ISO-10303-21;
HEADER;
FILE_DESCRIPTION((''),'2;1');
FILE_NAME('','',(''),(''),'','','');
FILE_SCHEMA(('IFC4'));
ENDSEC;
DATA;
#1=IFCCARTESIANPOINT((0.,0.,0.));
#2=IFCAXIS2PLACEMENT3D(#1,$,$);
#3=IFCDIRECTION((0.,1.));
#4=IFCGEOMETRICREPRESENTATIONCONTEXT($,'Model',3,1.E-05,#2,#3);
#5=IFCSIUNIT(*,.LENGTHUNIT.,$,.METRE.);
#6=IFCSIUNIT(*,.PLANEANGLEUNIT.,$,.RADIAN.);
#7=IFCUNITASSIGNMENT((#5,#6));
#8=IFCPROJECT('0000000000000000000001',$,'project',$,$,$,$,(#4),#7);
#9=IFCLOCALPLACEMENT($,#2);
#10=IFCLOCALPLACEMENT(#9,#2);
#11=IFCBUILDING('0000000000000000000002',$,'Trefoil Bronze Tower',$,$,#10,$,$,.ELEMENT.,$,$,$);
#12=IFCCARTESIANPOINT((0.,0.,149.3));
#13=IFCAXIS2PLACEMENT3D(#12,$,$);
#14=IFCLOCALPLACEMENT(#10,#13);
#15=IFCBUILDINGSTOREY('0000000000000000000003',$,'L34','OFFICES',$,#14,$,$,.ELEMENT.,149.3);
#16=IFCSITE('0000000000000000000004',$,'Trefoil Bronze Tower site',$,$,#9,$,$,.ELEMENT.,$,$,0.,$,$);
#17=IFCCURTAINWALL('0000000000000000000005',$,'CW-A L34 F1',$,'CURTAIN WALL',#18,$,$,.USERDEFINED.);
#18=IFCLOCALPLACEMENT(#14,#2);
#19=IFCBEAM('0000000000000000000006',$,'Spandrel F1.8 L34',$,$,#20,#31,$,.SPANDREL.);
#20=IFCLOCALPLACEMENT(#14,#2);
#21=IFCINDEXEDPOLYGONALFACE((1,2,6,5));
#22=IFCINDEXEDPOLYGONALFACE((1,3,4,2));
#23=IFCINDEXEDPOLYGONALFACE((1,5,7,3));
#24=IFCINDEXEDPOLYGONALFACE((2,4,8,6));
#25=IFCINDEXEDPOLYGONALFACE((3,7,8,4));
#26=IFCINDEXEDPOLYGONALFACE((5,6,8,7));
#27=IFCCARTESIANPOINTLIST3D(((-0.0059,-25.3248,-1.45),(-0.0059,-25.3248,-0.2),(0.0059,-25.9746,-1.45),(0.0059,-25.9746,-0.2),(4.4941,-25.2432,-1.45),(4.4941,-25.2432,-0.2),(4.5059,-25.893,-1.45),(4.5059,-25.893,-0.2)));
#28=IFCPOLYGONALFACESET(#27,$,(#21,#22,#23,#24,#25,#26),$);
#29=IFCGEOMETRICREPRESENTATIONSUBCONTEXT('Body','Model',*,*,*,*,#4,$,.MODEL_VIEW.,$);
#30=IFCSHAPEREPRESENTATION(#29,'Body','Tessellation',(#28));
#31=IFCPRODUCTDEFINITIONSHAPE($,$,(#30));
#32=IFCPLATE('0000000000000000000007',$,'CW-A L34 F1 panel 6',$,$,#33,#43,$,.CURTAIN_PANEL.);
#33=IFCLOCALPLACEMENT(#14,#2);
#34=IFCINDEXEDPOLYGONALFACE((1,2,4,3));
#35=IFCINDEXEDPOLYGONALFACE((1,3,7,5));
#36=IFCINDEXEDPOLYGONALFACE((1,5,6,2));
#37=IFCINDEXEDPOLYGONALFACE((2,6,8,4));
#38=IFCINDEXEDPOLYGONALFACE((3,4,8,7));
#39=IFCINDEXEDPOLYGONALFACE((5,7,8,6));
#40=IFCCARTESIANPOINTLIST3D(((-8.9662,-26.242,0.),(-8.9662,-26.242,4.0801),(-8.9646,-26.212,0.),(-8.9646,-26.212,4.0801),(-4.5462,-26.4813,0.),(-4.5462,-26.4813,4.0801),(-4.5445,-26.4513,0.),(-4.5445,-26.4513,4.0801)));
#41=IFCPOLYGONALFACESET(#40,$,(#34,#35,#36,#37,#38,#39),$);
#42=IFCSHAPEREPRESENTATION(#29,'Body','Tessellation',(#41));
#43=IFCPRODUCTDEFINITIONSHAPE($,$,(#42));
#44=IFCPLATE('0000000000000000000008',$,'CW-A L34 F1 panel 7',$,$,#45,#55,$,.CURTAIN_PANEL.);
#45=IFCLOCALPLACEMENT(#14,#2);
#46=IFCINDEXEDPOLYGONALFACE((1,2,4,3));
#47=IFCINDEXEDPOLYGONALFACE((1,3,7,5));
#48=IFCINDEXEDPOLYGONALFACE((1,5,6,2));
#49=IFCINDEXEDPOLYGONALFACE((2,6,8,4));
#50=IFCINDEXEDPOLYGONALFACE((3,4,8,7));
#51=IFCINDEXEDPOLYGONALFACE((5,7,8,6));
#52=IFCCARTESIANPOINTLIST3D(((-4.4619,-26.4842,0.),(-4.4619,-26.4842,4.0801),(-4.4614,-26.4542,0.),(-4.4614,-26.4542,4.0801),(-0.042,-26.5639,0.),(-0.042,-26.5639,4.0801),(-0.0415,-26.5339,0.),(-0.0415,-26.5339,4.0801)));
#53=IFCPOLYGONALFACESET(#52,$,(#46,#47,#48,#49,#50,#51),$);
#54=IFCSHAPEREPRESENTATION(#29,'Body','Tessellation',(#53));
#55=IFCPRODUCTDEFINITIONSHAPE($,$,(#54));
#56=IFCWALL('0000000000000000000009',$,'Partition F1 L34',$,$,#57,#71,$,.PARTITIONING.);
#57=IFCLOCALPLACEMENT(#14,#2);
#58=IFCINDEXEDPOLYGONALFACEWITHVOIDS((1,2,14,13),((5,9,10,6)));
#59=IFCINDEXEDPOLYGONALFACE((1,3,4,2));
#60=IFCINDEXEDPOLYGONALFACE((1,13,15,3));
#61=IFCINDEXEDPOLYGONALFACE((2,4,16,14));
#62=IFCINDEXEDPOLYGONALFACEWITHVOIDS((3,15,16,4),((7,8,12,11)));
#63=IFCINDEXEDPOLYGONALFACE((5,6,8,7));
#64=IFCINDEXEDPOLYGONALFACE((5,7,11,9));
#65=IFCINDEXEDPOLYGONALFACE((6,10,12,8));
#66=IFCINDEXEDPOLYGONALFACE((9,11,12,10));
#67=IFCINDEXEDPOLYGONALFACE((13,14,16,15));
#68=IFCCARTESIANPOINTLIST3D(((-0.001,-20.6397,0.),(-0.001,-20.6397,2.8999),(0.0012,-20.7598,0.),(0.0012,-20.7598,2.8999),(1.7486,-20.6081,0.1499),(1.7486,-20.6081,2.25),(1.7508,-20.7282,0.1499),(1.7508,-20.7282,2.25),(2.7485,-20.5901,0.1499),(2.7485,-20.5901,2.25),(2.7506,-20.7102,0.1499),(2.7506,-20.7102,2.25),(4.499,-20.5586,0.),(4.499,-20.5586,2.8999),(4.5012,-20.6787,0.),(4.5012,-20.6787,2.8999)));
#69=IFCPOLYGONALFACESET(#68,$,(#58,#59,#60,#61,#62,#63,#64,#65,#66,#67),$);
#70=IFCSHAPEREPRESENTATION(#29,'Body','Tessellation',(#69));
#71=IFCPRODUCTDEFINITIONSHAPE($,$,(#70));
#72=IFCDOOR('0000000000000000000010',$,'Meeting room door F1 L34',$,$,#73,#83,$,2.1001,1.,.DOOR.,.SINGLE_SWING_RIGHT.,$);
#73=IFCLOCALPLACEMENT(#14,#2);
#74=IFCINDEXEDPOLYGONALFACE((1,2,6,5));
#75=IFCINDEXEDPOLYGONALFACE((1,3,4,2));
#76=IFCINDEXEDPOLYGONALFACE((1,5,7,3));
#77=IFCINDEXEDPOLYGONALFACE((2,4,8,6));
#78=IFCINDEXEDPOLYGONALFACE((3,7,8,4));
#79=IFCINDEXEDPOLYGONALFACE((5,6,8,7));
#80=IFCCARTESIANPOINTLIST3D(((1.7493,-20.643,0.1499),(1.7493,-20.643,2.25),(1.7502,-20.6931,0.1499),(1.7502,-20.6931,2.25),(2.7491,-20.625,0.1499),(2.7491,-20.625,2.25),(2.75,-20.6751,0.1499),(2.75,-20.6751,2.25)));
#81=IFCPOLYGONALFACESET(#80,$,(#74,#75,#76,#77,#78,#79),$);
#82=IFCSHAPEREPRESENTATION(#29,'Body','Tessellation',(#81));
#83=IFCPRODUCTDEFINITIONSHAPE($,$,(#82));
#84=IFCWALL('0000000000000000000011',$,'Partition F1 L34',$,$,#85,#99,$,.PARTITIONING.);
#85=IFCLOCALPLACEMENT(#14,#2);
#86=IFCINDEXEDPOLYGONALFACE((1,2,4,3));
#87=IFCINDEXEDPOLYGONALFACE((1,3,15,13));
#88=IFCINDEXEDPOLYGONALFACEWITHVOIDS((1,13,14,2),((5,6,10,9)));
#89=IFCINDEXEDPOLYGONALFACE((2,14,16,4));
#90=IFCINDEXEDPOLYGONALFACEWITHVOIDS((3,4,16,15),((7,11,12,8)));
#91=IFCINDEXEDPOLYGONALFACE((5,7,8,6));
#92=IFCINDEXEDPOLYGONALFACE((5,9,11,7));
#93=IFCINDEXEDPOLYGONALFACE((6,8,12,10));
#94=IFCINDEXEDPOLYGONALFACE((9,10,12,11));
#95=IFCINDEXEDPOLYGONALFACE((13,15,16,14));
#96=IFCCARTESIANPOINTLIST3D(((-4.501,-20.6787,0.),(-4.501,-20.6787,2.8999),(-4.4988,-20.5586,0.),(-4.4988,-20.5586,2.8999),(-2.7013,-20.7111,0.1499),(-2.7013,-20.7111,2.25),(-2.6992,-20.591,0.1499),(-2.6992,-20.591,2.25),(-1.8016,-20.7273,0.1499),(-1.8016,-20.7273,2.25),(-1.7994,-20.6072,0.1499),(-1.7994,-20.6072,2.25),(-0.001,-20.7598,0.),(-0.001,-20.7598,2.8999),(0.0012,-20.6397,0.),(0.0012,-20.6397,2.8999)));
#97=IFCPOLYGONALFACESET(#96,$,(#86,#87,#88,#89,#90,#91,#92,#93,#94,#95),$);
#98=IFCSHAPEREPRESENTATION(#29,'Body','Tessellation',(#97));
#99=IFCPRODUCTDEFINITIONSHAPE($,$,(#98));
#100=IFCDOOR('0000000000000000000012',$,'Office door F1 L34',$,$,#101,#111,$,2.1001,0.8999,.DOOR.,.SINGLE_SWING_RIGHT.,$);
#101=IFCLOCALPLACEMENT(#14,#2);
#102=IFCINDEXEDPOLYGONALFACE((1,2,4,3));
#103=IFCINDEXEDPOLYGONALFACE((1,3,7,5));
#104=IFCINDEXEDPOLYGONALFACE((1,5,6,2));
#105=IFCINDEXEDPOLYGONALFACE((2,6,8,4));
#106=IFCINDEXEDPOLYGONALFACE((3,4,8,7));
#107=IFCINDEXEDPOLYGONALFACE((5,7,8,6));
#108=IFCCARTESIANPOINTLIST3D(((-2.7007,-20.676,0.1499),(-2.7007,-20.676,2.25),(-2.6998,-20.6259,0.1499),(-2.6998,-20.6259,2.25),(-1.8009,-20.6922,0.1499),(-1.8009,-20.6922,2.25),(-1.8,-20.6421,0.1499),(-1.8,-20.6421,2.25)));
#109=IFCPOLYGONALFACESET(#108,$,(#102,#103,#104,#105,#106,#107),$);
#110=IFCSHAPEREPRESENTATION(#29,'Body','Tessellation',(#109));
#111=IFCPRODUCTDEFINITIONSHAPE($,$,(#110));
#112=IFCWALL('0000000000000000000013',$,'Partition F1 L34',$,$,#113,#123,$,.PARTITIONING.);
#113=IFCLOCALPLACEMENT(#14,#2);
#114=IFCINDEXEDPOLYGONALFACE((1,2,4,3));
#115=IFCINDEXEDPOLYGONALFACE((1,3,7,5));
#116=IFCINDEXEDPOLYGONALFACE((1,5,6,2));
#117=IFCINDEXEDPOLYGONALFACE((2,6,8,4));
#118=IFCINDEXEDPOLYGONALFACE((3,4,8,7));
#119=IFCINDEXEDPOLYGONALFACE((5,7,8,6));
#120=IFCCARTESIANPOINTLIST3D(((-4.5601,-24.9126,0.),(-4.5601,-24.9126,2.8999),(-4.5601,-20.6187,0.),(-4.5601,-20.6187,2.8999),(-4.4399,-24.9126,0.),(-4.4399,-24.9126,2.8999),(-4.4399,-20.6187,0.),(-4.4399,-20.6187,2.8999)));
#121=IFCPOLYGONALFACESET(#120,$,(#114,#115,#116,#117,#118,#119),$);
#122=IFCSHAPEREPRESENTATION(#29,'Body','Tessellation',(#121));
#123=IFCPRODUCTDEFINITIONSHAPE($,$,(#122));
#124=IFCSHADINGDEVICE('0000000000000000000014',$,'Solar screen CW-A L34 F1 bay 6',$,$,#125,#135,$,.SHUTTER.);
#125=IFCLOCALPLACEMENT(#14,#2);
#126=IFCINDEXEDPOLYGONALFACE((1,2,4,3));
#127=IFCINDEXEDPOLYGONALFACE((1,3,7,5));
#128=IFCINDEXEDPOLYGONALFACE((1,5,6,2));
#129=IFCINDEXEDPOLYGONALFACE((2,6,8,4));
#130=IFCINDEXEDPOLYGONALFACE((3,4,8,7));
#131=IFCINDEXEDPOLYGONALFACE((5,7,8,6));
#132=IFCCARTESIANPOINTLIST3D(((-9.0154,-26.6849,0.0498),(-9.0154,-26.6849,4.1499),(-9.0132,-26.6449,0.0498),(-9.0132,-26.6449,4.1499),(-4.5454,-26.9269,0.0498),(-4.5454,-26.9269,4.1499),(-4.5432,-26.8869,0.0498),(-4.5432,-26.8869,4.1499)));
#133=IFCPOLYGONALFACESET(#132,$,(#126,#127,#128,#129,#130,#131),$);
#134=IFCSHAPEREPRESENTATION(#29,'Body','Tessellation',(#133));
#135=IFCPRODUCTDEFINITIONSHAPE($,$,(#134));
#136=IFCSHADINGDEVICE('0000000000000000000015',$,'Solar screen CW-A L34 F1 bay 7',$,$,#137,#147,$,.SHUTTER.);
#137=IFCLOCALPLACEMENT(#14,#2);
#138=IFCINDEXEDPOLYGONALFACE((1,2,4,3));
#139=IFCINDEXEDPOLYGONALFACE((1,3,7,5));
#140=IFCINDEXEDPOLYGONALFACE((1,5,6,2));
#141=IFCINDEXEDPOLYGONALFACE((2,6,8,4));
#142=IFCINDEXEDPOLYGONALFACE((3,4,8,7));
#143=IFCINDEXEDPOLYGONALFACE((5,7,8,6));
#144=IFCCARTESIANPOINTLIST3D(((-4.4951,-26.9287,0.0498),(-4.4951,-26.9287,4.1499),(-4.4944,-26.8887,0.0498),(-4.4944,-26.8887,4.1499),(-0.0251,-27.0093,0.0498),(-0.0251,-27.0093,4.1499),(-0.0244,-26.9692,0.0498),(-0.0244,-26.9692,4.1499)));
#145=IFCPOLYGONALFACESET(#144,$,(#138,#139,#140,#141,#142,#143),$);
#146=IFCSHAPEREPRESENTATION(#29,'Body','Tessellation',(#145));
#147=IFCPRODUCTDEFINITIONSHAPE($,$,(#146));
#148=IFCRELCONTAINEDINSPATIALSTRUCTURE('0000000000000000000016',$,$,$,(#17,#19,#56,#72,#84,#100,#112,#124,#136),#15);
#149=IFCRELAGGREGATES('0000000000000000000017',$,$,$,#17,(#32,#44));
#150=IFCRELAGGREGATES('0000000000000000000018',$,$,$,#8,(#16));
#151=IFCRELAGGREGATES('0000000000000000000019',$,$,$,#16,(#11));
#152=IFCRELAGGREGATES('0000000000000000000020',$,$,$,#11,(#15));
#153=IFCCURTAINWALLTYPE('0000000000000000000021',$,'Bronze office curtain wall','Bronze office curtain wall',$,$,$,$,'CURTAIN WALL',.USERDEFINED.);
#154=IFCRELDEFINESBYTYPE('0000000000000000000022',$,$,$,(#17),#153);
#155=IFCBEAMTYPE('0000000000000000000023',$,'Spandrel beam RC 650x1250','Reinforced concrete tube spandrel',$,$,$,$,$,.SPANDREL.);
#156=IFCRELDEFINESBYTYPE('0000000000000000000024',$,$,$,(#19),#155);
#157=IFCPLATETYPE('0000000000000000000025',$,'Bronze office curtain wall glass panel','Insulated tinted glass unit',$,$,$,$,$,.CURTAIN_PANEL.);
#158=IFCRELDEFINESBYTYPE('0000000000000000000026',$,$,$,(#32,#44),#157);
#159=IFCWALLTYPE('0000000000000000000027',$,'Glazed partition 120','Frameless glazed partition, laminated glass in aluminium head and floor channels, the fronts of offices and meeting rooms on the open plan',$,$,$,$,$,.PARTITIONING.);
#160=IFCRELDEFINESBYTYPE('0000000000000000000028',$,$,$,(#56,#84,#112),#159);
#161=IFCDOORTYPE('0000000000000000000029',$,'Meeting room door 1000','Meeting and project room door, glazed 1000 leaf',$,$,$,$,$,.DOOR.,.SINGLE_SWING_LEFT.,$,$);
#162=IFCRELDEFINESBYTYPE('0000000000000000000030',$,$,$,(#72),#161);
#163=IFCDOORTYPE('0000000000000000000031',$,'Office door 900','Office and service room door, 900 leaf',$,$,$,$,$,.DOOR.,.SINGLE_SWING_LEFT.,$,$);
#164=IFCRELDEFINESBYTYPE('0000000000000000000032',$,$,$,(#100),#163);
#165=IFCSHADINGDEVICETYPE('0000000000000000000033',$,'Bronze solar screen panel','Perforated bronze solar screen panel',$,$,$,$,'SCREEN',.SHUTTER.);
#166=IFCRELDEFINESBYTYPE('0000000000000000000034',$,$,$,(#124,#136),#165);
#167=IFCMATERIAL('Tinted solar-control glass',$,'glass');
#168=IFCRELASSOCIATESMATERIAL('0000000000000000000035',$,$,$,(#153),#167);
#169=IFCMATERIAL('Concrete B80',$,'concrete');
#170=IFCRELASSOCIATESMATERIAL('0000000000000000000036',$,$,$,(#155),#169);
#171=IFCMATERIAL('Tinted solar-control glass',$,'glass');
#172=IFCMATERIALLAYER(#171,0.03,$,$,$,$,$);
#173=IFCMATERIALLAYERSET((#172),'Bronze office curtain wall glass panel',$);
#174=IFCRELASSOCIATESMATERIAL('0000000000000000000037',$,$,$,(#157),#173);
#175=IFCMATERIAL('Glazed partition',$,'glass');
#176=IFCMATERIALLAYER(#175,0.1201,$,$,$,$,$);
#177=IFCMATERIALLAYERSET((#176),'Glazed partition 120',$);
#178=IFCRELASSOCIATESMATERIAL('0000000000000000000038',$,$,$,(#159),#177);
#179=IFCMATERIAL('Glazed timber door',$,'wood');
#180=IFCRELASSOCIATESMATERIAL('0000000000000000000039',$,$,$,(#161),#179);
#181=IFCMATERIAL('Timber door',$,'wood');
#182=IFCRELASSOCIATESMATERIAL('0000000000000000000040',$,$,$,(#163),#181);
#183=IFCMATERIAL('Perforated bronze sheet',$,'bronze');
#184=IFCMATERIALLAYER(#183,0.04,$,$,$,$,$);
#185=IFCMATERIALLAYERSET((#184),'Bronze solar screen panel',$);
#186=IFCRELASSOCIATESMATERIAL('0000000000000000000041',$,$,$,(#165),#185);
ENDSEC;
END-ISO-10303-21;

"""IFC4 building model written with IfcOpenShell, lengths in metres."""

from ifc_helpers import new_model, si_unit, direction, frame, frame_2d, origin, origin_2d, place, context, subcontext, project, spatial, rectangle, extrude, material, layer, layer_set, material_profile, profile_set, type_object, element, fill, aggregate, save


model = new_model("IFC4")

# Units and contexts
model_context = context("Model", 3, precision=1e-05, world=origin(), true_north=direction((0.0, 1.0)))
body_context = subcontext(model_context, "Body", "Model", "MODEL_VIEW")
ifc_project = project(units=[si_unit("LENGTHUNIT", "METRE"), si_unit("PLANEANGLEUNIT", "RADIAN")], contexts=[model_context])

# Site, building, storey
site_placement = place(None, origin())
site = spatial("IfcSite", under=ifc_project, at=site_placement, Name="Trefoil Bronze Tower site", CompositionType="ELEMENT", RefElevation=0.0)
building_placement = place(site_placement, origin())
building = spatial("IfcBuilding", under=site, at=building_placement, Name="Trefoil Bronze Tower", CompositionType="ELEMENT")
storey_placement = place(building_placement, frame((0.0, 0.0, 149.3)))
storey = spatial("IfcBuildingStorey", under=building, at=storey_placement, Name="L34", Description="OFFICES", CompositionType="ELEMENT", Elevation=149.3)

# Curtain wall
ifc_material_1 = material(Name="Tinted solar-control glass", Category="glass")
curtain_wall_type = type_object("IfcCurtainWallType", Name="Bronze office curtain wall", Description="Bronze office curtain wall", ElementType="CURTAIN WALL", PredefinedType="USERDEFINED", material=ifc_material_1)
curtain_wall_placement = place(storey_placement, origin())
curtain_wall = element("IfcCurtainWall", 1, at=curtain_wall_placement, inside=storey, type_object=curtain_wall_type, Name="CW-A L34 F1", ObjectType="CURTAIN WALL", PredefinedType="USERDEFINED")

# Beam
ifc_material_2 = material(Name="Concrete B80", Category="concrete")
ifc_material_profile_1 = material_profile(ifc_material_2, rectangle(XDim=0.6499, YDim=1.25, at=origin_2d()), Name="RC 650x1250")
ifc_profile_set_1 = profile_set([ifc_material_profile_1], Name="Concrete B80")
beam_type_1 = type_object("IfcBeamType", Name="Spandrel beam RC 650x1250", Description="Reinforced concrete tube spandrel", PredefinedType="SPANDREL", material=ifc_profile_set_1)
for number, where, z_axis, x_axis, name in (
    (2, (0.0, -25.6497, -0.825), (0.999836, 0.018118, 0.0), (-0.018118, 0.999836, 0.0), "Spandrel F1.8 L34"),
):
    element("IfcBeam", number, at=place(storey_placement, frame(where, z_axis=z_axis, x_axis=x_axis)), inside=storey, type_object=beam_type_1, Name=name, PredefinedType="SPANDREL", context=body_context, shape_type="SweptSolid", body=[
        extrude(rectangle(XDim=0.6499, YDim=1.25, at=origin_2d()), origin(), (0.0, 0.0, 1.0), 4.5007),
    ])

# Plates
ifc_material_3 = material(Name="Tinted solar-control glass", Category="glass")
ifc_layer_1 = layer(ifc_material_3, 0.03)
ifc_layer_set_1 = layer_set([ifc_layer_1], Name="Bronze office curtain wall glass panel")
plate_type = type_object("IfcPlateType", Name="Bronze office curtain wall glass panel", Description="Insulated tinted glass unit", PredefinedType="CURTAIN_PANEL", material=ifc_layer_set_1)
plate_1_placement = place(storey_placement, frame((-6.7554, -26.3467, 0.0), z_axis=(0.0, 0.0, 1.0), x_axis=(0.998538, -0.054063, 0.0)))
plate_1 = element("IfcPlate", 3, at=plate_1_placement, type_object=plate_type, Name="CW-A L34 F1 panel 6", PredefinedType="CURTAIN_PANEL", context=body_context, shape_type="SweptSolid", body=[
    extrude(rectangle(XDim=4.4265, YDim=0.03, at=origin_2d()), origin(), (0.0, 0.0, 1.0), 4.0801),
])
plate_2_placement = place(storey_placement, frame((-2.2517, -26.509, 0.0), z_axis=(0.0, 0.0, 1.0), x_axis=(0.999838, -0.018021, 0.0)))
plate_2 = element("IfcPlate", 4, at=plate_2_placement, type_object=plate_type, Name="CW-A L34 F1 panel 7", PredefinedType="CURTAIN_PANEL", context=body_context, shape_type="SweptSolid", body=[
    extrude(rectangle(XDim=4.4207, YDim=0.03, at=origin_2d()), origin(), (0.0, 0.0, 1.0), 4.0801),
])
aggregate(curtain_wall, [plate_1, plate_2])

# Walls, openings, doors
ifc_material_4 = material(Name="Glazed partition", Category="glass")
ifc_layer_2 = layer(ifc_material_4, 0.1201)
ifc_layer_set_2 = layer_set([ifc_layer_2], Name="Glazed partition 120")
wall_type = type_object("IfcWallType", Name="Glazed partition 120", Description="Frameless glazed partition, laminated glass in aluminium head and floor channels, the fronts of offices and meeting rooms on the open plan", PredefinedType="PARTITIONING", material=ifc_layer_set_2)
wall_1_placement = place(storey_placement, frame((0.0, -20.6997, 0.0), z_axis=(0.0, 0.0, 1.0), x_axis=(0.999838, 0.018009, 0.0)))
wall_1 = element("IfcWall", 5, at=wall_1_placement, inside=storey, type_object=wall_type, Name="Partition F1 L34", PredefinedType="PARTITIONING", context=body_context, shape_type="SweptSolid", body=[
    extrude(rectangle(XDim=4.5007, YDim=0.1201, at=frame_2d((2.2505, 0.0))), origin(), (0.0, 0.0, 1.0), 2.8999),
])
opening_1_placement = place(wall_1_placement, frame((1.75, 0.0, 0.1499)))
opening_1 = element("IfcOpeningElement", 6, at=opening_1_placement, cuts=wall_1, PredefinedType="OPENING", context=body_context, shape_type="SweptSolid", body=[
    extrude(rectangle(XDim=1.0, YDim=2.1001, at=frame_2d((0.5, 1.05))), frame((0.0, 0.0701, 0.0), z_axis=(0.0, -1.0, 0.0), x_axis=(1.0, 0.0, 0.0)), (0.0, 0.0, 1.0), 0.1401),
])
ifc_material_5 = material(Name="Glazed timber door", Category="wood")
door_type_1 = type_object("IfcDoorType", Name="Meeting room door 1000", Description="Meeting and project room door, glazed 1000 leaf", OperationType="SINGLE_SWING_LEFT", PredefinedType="DOOR", material=ifc_material_5)
door_1_placement = place(opening_1_placement, frame((1.0, 0.0, 0.0), z_axis=(0.0, 0.0, 1.0), x_axis=(-1.0, 0.0, 0.0)))
door_1 = element("IfcDoor", 7, at=door_1_placement, inside=storey, type_object=door_type_1, Name="Meeting room door F1 L34", OperationType="SINGLE_SWING_RIGHT", OverallHeight=2.1001, OverallWidth=1.0, PredefinedType="DOOR", context=body_context, shape_type="SweptSolid", body=[
    extrude(rectangle(XDim=1.0, YDim=2.1001, at=frame_2d((0.5, 1.05))), frame((0.0, 0.0249, 0.0), z_axis=(0.0, -1.0, 0.0), x_axis=(1.0, 0.0, 0.0)), (0.0, 0.0, 1.0), 0.05),
])
fill(opening_1, door_1)
wall_2_placement = place(storey_placement, frame((-4.5, -20.6187, 0.0), z_axis=(0.0, 0.0, 1.0), x_axis=(0.999838, -0.018009, 0.0)))
wall_2 = element("IfcWall", 8, at=wall_2_placement, inside=storey, type_object=wall_type, Name="Partition F1 L34", PredefinedType="PARTITIONING", context=body_context, shape_type="SweptSolid", body=[
    extrude(rectangle(XDim=4.5007, YDim=0.1201, at=frame_2d((2.2505, 0.0))), origin(), (0.0, 0.0, 1.0), 2.8999),
])
opening_2_placement = place(wall_2_placement, frame((1.8, 0.0, 0.1499)))
opening_2 = element("IfcOpeningElement", 9, at=opening_2_placement, cuts=wall_2, PredefinedType="OPENING", context=body_context, shape_type="SweptSolid", body=[
    extrude(rectangle(XDim=0.8999, YDim=2.1001, at=frame_2d((0.45, 1.05))), frame((0.0, 0.0701, 0.0), z_axis=(0.0, -1.0, 0.0), x_axis=(1.0, 0.0, 0.0)), (0.0, 0.0, 1.0), 0.1401),
])
ifc_material_6 = material(Name="Timber door", Category="wood")
door_type_2 = type_object("IfcDoorType", Name="Office door 900", Description="Office and service room door, 900 leaf", OperationType="SINGLE_SWING_LEFT", PredefinedType="DOOR", material=ifc_material_6)
door_2_placement = place(opening_2_placement, frame((0.8999, 0.0, 0.0), z_axis=(0.0, 0.0, 1.0), x_axis=(-1.0, 0.0, 0.0)))
door_2 = element("IfcDoor", 10, at=door_2_placement, inside=storey, type_object=door_type_2, Name="Office door F1 L34", OperationType="SINGLE_SWING_RIGHT", OverallHeight=2.1001, OverallWidth=0.8999, PredefinedType="DOOR", context=body_context, shape_type="SweptSolid", body=[
    extrude(rectangle(XDim=0.8999, YDim=2.1001, at=frame_2d((0.45, 1.05))), frame((0.0, 0.0249, 0.0), z_axis=(0.0, -1.0, 0.0), x_axis=(1.0, 0.0, 0.0)), (0.0, 0.0, 1.0), 0.05),
])
fill(opening_2, door_2)

# Wall
wall_3_placement = place(storey_placement, frame((-4.5, -20.6187, 0.0), z_axis=(0.0, 0.0, 1.0), x_axis=(0.0, -1.0, 0.0)))
element("IfcWall", 11, at=wall_3_placement, inside=storey, type_object=wall_type, Name="Partition F1 L34", PredefinedType="PARTITIONING", context=body_context, shape_type="SweptSolid", body=[
    extrude(rectangle(XDim=4.2939, YDim=0.1201, at=frame_2d((2.147, 0.0))), origin(), (0.0, 0.0, 1.0), 2.8999),
])

# Shading devices
ifc_material_7 = material(Name="Perforated bronze sheet", Category="bronze")
ifc_layer_3 = layer(ifc_material_7, 0.04)
ifc_layer_set_3 = layer_set([ifc_layer_3], Name="Bronze solar screen panel")
shading_device_type = type_object("IfcShadingDeviceType", Name="Bronze solar screen panel", Description="Perforated bronze solar screen panel", ElementType="SCREEN", PredefinedType="SHUTTER", material=ifc_layer_set_3)
shading_device_1_placement = place(storey_placement, frame((-6.7793, -26.7859, 0.0498), z_axis=(0.0, 0.0, 1.0), x_axis=(0.998538, -0.054063, 0.0)))
element("IfcShadingDevice", 12, at=shading_device_1_placement, inside=storey, type_object=shading_device_type, Name="Solar screen CW-A L34 F1 bay 6", PredefinedType="SHUTTER", context=body_context, shape_type="SweptSolid", body=[
    extrude(rectangle(XDim=4.4766, YDim=0.04, at=origin_2d()), origin(), (0.0, 0.0, 1.0), 4.1001),
])
shading_device_2_placement = place(storey_placement, frame((-2.2598, -26.949, 0.0498), z_axis=(0.0, 0.0, 1.0), x_axis=(0.999838, -0.018021, 0.0)))
element("IfcShadingDevice", 13, at=shading_device_2_placement, inside=storey, type_object=shading_device_type, Name="Solar screen CW-A L34 F1 bay 7", PredefinedType="SHUTTER", context=body_context, shape_type="SweptSolid", body=[
    extrude(rectangle(XDim=4.4707, YDim=0.04, at=origin_2d()), origin(), (0.0, 0.0, 1.0), 4.1001),
])

save(model, "model.ifc")
